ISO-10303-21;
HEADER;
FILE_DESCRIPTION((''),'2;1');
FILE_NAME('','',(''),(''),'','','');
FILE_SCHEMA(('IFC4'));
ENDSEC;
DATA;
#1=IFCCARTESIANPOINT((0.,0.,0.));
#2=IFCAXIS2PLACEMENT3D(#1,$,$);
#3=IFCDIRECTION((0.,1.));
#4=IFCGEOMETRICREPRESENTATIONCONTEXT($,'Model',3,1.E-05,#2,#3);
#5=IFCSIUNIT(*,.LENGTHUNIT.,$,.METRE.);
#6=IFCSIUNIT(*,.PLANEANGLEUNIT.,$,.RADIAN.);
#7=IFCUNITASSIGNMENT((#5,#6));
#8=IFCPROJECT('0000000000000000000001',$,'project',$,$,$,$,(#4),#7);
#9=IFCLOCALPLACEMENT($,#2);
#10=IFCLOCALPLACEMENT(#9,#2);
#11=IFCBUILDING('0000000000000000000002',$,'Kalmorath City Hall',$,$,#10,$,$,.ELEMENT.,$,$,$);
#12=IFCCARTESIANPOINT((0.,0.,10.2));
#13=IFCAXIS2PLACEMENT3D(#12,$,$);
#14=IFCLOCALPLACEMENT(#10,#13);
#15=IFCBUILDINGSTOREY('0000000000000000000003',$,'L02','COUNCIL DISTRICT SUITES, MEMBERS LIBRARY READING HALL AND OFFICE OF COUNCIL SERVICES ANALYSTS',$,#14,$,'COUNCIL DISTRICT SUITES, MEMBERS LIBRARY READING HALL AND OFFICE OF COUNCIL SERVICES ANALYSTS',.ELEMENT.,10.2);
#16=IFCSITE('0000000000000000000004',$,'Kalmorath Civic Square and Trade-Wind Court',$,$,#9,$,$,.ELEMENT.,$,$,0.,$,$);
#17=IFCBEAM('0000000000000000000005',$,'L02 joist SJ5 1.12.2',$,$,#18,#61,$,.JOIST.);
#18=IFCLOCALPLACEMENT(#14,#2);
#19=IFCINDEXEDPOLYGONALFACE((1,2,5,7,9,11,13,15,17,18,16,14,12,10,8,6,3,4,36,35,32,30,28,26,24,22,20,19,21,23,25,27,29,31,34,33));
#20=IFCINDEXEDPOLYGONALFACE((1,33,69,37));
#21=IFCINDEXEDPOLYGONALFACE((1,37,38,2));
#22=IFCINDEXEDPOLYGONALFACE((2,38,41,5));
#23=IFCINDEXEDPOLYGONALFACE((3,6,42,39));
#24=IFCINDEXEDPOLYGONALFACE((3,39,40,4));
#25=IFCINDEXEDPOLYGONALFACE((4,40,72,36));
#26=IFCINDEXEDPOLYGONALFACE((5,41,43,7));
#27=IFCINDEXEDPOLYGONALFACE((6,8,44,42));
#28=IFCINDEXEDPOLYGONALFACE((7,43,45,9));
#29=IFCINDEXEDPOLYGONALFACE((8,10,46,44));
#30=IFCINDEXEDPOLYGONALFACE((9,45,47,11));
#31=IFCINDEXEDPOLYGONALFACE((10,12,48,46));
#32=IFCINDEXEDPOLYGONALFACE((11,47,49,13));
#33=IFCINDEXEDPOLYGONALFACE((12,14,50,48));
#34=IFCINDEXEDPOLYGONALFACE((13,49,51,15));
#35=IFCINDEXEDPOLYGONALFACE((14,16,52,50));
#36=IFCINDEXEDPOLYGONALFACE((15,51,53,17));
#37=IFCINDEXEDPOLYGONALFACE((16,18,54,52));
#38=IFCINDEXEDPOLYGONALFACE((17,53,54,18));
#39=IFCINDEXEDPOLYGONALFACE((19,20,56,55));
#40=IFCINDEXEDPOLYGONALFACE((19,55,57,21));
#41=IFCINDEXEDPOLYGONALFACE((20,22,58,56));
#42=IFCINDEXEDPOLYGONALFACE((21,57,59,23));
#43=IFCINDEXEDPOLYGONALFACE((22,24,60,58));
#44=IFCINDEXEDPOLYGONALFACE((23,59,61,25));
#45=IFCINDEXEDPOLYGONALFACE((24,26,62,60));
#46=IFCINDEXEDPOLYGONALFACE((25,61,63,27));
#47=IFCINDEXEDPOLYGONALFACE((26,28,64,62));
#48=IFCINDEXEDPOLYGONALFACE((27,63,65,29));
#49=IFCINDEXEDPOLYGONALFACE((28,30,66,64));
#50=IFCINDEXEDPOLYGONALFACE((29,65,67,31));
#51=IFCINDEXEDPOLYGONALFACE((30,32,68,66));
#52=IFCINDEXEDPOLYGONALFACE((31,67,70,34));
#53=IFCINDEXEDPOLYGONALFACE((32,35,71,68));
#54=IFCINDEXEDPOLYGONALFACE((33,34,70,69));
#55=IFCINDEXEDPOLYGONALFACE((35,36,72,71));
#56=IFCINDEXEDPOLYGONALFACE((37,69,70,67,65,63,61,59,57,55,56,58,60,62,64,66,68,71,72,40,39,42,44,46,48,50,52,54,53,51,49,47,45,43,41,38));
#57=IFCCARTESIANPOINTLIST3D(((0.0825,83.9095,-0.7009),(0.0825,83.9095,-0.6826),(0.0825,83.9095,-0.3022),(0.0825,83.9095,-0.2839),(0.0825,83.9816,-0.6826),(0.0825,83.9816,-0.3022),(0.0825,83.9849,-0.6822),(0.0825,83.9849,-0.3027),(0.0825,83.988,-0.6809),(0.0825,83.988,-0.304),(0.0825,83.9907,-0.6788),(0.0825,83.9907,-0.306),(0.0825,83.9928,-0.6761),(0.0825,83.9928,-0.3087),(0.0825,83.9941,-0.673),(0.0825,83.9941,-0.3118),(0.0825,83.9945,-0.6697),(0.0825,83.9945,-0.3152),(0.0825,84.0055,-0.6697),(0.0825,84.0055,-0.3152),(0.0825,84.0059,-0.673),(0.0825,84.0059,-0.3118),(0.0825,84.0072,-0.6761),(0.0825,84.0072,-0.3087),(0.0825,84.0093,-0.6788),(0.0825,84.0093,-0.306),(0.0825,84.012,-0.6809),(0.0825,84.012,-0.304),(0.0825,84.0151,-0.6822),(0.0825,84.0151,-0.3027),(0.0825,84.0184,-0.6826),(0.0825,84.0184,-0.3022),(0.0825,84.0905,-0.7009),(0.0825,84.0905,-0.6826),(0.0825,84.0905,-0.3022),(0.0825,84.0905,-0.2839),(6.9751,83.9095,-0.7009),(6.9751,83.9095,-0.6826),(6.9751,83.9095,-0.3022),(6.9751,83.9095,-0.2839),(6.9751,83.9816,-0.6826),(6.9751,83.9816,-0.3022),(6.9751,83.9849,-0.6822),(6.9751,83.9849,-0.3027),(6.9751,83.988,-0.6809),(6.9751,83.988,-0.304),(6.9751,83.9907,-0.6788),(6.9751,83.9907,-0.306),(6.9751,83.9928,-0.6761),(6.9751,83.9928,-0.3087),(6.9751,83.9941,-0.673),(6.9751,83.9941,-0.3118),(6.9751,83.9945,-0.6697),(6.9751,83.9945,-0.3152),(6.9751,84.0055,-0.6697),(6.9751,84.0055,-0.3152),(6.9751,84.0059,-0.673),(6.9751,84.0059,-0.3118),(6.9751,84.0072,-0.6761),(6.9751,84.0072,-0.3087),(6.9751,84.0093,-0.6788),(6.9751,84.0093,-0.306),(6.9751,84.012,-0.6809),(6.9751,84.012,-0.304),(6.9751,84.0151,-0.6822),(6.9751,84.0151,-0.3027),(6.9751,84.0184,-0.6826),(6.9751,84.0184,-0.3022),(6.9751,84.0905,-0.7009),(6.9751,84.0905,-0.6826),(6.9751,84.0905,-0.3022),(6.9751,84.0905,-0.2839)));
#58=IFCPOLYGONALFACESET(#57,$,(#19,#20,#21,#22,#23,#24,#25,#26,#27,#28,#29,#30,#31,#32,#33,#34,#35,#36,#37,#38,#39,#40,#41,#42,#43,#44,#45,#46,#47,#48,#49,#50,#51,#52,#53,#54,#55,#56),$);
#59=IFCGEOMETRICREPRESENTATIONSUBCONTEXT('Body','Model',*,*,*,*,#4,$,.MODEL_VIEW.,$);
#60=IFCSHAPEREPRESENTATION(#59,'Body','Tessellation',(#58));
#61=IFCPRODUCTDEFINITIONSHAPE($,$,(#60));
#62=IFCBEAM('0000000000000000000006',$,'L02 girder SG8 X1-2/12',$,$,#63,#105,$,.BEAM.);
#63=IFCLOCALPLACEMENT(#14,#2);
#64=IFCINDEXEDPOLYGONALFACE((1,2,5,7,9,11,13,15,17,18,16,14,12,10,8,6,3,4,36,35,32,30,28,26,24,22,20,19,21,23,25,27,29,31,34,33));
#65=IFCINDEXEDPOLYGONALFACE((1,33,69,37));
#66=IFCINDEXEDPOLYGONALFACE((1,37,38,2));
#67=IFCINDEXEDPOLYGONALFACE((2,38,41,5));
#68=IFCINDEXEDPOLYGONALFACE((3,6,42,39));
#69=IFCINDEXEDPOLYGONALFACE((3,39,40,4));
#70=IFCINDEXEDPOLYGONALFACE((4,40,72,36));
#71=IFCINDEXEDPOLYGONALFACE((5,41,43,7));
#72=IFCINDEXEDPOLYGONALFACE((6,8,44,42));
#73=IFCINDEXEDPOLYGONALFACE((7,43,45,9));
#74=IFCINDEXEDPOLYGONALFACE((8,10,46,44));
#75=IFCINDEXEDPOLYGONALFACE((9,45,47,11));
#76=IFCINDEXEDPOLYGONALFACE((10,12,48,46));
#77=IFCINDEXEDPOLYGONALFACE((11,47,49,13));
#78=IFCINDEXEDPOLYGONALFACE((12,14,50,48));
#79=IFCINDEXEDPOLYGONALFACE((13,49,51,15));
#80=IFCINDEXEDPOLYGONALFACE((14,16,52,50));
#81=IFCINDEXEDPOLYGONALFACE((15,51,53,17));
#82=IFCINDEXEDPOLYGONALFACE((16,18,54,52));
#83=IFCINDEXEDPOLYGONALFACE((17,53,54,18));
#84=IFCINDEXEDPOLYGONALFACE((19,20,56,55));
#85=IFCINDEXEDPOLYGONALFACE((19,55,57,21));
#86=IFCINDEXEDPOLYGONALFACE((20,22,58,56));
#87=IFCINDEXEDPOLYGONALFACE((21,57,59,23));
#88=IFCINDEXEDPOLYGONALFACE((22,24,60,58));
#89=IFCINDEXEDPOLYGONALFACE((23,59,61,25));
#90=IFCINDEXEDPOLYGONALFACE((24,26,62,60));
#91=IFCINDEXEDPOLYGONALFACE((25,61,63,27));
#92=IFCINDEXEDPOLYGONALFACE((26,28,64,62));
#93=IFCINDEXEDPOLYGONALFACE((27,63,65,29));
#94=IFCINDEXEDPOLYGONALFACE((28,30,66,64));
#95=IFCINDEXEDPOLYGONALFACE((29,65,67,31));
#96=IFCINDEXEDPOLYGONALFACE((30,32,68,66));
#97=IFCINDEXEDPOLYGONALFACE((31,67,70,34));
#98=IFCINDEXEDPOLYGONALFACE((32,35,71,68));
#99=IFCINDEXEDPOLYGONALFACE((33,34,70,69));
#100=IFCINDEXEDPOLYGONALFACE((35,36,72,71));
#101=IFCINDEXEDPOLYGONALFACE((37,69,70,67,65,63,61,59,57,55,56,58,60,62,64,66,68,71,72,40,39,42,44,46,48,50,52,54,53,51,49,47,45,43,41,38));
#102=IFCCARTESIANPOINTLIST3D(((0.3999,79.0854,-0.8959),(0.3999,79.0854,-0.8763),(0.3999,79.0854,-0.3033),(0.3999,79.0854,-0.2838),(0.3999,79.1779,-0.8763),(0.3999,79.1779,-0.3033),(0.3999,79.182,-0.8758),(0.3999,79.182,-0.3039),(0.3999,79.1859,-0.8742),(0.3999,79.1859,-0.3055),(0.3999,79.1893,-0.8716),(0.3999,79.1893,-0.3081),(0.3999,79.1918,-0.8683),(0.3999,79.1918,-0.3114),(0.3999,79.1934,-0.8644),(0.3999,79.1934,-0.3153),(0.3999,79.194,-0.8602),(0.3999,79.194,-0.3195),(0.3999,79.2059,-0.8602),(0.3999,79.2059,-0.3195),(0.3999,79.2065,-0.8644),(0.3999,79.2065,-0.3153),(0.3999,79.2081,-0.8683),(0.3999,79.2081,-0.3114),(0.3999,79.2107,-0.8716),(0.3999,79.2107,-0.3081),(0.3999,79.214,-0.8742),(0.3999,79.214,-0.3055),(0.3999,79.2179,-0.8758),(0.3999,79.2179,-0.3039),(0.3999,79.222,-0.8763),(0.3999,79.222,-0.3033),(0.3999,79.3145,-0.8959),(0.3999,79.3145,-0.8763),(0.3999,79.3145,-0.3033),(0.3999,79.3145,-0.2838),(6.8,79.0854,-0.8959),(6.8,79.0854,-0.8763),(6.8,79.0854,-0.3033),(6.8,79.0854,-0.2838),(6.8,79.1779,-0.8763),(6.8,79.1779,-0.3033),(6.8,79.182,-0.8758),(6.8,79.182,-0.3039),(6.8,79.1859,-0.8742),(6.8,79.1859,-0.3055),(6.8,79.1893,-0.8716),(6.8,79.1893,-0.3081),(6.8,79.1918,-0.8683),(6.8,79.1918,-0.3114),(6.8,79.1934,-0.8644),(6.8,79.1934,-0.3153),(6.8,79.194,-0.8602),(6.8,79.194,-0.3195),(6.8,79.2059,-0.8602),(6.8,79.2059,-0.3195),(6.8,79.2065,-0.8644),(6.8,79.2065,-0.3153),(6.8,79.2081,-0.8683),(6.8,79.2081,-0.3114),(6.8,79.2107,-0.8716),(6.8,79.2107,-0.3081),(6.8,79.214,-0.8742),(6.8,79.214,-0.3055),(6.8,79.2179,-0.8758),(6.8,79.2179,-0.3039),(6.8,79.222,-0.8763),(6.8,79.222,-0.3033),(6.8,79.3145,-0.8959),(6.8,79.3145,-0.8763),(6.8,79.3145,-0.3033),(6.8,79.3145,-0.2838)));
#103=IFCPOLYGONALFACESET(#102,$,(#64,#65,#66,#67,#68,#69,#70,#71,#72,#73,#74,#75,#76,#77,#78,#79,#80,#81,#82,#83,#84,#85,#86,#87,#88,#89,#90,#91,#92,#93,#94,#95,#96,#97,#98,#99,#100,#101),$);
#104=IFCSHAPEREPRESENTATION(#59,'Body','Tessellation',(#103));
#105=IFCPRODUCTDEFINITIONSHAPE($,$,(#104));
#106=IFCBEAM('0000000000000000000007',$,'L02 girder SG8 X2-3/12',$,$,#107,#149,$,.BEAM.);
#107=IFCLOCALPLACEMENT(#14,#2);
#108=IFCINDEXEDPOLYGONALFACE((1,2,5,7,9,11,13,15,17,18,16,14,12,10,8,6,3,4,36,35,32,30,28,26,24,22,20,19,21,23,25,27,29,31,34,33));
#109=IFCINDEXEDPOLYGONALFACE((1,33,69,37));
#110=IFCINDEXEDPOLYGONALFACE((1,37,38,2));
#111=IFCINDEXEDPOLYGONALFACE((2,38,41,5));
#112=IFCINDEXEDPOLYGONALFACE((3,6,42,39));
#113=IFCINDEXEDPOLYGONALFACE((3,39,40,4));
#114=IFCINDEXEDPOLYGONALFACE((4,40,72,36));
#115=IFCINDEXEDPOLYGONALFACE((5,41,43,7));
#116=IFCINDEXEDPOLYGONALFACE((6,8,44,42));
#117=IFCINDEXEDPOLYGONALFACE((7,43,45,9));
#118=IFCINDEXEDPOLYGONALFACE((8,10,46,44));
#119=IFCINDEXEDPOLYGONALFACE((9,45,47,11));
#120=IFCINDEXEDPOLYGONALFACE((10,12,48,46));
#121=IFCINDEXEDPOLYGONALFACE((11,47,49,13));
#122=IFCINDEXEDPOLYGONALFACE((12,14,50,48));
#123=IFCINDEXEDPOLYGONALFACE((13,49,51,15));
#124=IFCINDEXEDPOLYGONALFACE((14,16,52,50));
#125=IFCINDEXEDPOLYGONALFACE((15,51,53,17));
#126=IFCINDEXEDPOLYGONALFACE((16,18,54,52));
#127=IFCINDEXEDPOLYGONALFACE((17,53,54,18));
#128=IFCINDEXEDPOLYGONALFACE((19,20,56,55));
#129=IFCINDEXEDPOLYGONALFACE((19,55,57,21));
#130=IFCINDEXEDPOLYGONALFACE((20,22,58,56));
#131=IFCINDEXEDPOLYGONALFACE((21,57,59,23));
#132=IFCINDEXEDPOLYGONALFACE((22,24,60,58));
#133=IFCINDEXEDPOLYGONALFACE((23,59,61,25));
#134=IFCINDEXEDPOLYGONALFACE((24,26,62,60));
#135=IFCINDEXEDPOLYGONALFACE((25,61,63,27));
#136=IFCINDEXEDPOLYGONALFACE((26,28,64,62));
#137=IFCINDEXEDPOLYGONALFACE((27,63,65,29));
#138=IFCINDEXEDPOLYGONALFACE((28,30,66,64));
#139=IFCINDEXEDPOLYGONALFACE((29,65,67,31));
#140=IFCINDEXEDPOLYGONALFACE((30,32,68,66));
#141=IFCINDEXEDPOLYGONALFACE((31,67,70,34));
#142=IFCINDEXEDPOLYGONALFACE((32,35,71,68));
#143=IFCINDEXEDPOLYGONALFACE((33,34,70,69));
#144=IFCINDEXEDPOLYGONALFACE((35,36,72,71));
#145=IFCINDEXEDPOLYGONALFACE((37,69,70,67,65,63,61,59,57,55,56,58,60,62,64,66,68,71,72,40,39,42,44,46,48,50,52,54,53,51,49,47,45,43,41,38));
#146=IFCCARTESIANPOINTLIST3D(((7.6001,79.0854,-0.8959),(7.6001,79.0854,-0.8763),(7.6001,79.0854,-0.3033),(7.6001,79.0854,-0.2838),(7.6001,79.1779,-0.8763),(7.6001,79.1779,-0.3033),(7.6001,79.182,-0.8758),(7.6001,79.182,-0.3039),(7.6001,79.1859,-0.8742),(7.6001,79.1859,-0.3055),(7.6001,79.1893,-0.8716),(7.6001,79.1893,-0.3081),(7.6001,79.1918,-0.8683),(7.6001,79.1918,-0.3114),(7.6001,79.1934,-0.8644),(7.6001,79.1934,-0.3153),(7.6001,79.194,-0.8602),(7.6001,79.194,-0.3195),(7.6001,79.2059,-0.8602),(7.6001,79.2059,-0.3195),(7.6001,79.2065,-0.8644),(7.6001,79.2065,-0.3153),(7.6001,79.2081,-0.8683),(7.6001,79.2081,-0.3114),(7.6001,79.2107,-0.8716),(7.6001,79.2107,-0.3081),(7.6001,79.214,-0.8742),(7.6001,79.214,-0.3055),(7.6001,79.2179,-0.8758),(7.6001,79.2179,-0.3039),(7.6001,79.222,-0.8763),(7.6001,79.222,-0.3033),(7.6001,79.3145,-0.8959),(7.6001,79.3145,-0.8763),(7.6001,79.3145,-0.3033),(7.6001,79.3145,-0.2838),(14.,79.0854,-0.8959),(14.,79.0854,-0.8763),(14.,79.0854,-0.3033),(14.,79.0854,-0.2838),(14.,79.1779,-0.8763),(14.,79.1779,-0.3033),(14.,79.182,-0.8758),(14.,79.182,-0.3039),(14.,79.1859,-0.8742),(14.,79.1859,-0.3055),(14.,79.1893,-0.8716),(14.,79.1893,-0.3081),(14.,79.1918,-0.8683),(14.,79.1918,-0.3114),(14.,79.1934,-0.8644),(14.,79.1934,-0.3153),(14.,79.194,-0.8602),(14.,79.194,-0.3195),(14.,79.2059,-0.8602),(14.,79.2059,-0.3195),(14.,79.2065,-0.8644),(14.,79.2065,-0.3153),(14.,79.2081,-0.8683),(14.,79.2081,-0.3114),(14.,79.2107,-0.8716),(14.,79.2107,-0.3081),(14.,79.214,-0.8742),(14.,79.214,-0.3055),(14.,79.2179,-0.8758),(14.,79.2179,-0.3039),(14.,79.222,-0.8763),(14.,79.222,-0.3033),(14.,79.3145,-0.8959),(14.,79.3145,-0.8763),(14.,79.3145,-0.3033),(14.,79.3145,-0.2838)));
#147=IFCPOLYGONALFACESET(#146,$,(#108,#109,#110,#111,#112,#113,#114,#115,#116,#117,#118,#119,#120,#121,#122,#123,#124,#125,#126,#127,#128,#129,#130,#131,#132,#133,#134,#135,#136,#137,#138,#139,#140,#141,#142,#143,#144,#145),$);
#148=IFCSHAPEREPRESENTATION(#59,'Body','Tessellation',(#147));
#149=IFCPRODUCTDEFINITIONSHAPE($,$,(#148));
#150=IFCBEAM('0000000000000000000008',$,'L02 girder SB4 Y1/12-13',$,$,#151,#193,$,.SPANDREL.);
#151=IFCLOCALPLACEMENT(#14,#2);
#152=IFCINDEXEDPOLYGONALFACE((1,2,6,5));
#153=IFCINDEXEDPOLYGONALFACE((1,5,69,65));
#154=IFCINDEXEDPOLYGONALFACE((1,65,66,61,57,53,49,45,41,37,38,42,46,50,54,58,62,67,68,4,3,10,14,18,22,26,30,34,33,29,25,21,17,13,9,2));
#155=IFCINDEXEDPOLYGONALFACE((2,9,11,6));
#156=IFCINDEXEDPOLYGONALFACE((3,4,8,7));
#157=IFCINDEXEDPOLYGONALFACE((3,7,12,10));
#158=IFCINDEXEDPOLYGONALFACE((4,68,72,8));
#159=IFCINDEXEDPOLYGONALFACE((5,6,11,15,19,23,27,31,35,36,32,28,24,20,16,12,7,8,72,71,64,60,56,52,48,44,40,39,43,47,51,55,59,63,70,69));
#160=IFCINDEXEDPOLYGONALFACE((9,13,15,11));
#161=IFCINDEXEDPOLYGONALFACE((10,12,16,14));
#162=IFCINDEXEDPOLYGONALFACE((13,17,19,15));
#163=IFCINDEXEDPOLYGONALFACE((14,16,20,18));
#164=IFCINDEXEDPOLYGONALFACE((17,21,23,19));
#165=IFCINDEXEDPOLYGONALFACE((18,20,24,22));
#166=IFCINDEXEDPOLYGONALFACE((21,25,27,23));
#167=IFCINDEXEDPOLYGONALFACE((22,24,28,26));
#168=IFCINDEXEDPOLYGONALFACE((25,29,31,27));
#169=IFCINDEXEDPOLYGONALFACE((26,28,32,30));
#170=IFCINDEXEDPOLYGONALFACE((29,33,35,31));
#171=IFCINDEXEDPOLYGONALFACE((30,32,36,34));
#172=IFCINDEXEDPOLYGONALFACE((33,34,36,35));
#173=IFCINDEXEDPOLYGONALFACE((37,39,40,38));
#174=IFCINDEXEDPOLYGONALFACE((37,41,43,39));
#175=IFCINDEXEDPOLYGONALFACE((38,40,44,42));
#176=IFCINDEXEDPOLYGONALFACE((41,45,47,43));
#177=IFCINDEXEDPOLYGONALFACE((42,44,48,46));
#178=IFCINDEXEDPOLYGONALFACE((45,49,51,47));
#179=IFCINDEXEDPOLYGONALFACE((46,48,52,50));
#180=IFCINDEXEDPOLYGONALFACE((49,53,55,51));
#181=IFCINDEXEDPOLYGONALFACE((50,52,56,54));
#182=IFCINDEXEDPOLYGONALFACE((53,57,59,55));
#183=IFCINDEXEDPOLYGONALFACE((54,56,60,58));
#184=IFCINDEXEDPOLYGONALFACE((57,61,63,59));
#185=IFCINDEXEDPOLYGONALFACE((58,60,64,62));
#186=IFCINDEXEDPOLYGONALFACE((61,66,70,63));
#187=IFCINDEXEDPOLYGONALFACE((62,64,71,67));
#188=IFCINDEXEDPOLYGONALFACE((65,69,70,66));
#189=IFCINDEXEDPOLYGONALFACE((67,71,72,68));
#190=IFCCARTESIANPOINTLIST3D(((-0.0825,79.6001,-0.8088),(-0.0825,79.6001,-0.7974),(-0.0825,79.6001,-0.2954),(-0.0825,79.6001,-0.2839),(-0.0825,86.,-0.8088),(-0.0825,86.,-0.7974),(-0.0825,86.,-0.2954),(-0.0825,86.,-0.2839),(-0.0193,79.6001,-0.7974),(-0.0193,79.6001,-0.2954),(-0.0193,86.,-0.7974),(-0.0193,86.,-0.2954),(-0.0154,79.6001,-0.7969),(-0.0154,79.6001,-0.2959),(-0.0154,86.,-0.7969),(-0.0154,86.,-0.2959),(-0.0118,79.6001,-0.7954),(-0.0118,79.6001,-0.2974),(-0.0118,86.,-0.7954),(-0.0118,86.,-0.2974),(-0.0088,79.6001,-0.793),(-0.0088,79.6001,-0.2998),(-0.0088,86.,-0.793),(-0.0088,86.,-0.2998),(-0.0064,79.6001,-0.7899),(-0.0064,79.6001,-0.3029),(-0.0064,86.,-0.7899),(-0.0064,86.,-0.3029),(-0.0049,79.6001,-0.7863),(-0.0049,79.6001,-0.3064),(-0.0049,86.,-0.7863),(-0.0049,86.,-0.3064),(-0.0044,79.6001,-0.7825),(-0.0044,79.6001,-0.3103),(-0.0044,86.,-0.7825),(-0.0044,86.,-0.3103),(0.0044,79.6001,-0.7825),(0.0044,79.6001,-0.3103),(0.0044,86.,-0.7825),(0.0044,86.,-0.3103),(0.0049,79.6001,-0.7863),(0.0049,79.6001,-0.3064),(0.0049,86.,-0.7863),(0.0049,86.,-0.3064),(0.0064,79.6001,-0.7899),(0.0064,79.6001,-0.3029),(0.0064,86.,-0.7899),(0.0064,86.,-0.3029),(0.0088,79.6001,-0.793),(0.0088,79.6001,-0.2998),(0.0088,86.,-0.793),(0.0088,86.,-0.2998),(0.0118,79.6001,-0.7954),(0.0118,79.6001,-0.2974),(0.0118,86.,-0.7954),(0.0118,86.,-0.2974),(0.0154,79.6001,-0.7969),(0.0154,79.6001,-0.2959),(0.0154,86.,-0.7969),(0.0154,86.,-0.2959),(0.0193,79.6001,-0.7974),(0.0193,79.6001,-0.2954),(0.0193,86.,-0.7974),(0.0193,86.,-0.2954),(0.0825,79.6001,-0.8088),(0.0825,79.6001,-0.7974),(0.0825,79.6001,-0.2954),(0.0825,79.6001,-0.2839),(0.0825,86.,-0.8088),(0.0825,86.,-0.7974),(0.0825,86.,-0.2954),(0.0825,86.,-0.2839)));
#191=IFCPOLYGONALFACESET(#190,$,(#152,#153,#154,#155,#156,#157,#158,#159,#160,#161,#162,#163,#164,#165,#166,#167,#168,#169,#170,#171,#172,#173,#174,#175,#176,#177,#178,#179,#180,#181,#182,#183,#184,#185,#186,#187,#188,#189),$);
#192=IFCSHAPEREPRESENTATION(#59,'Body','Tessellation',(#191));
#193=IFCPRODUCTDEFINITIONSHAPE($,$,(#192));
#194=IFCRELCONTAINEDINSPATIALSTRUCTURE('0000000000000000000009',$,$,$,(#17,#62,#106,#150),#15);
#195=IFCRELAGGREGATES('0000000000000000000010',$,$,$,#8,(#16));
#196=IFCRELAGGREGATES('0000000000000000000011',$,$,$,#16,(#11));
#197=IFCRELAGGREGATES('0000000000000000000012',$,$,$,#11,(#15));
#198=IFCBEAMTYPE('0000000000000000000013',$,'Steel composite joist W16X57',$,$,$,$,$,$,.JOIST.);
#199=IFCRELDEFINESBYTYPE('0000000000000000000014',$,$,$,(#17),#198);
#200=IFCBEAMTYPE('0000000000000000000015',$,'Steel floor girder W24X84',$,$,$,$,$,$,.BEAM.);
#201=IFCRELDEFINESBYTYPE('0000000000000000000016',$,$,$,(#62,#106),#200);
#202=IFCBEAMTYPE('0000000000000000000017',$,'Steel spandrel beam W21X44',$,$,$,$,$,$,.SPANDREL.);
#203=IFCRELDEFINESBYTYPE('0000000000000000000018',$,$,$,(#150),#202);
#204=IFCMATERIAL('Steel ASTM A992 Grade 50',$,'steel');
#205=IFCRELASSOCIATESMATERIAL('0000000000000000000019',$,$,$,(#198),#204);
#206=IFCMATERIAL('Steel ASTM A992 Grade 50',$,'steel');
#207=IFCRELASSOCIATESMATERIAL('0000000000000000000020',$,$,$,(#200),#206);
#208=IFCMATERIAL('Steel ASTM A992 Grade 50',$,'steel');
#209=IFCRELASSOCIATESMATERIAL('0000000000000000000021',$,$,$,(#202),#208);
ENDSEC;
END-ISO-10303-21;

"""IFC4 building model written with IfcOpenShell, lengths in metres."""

from ifc_helpers import new_model, si_unit, direction, frame, origin, origin_2d, place, context, subcontext, project, spatial, i_section, extrude, material, material_profile, profile_set, type_object, element, save


model = new_model("IFC4")

# Units and contexts
model_context = context("Model", 3, precision=1e-05, world=origin(), true_north=direction((0.0, 1.0)))
body_context = subcontext(model_context, "Body", "Model", "MODEL_VIEW")
ifc_project = project(units=[si_unit("LENGTHUNIT", "METRE"), si_unit("PLANEANGLEUNIT", "RADIAN")], contexts=[model_context])

# Site, building, storey
site_placement = place(None, origin())
site = spatial("IfcSite", under=ifc_project, at=site_placement, Name="Kalmorath Civic Square and Trade-Wind Court", CompositionType="ELEMENT", RefElevation=0.0)
building_placement = place(site_placement, origin())
building = spatial("IfcBuilding", under=site, at=building_placement, Name="Kalmorath City Hall", CompositionType="ELEMENT")
storey_placement = place(building_placement, frame((0.0, 0.0, 10.2)))
storey = spatial("IfcBuildingStorey", under=building, at=storey_placement, Name="L02", Description="COUNCIL DISTRICT SUITES, MEMBERS LIBRARY READING HALL AND OFFICE OF COUNCIL SERVICES ANALYSTS", LongName="COUNCIL DISTRICT SUITES, MEMBERS LIBRARY READING HALL AND OFFICE OF COUNCIL SERVICES ANALYSTS", CompositionType="ELEMENT", Elevation=10.2)

# Beams
ifc_material_1 = material(Name="Steel ASTM A992 Grade 50", Category="steel")
ifc_material_profile_1 = material_profile(ifc_material_1, i_section(OverallWidth=0.1809, OverallDepth=0.417, WebThickness=0.011, FlangeThickness=0.0183, FilletRadius=0.0129, at=origin_2d()), Name="W16X57")
ifc_profile_set_1 = profile_set([ifc_material_profile_1], Name="Steel ASTM A992 Grade 50")
beam_type_1 = type_object("IfcBeamType", Name="Steel composite joist W16X57", PredefinedType="JOIST", material=ifc_profile_set_1)
for number, where, z_axis, x_axis, name in (
    (1, (0.0825, 84.0, -0.4924), (1.0, 0.0, 0.0), (0.0, 1.0, 0.0), "L02 joist SJ5 1.12.2"),
):
    element("IfcBeam", number, at=place(storey_placement, frame(where, z_axis=z_axis, x_axis=x_axis)), inside=storey, type_object=beam_type_1, Name=name, PredefinedType="JOIST", context=body_context, shape_type="SweptSolid", body=[
        extrude(i_section(OverallWidth=0.1809, OverallDepth=0.417, WebThickness=0.011, FlangeThickness=0.0183, FilletRadius=0.0129, at=origin_2d()), origin(), (0.0, 0.0, 1.0), 6.8926),
    ])
ifc_material_2 = material(Name="Steel ASTM A992 Grade 50", Category="steel")
ifc_material_profile_2 = material_profile(ifc_material_2, i_section(OverallWidth=0.229, OverallDepth=0.6121, WebThickness=0.012, FlangeThickness=0.0195, FilletRadius=0.0161, at=origin_2d()), Name="W24X84")
ifc_profile_set_2 = profile_set([ifc_material_profile_2], Name="Steel ASTM A992 Grade 50")
beam_type_2 = type_object("IfcBeamType", Name="Steel floor girder W24X84", PredefinedType="BEAM", material=ifc_profile_set_2)
beam_1_placement = place(storey_placement, frame((0.3999, 79.2, -0.5898), z_axis=(1.0, 0.0, 0.0), x_axis=(0.0, 1.0, 0.0)))
element("IfcBeam", 2, at=beam_1_placement, inside=storey, type_object=beam_type_2, Name="L02 girder SG8 X1-2/12", PredefinedType="BEAM", context=body_context, shape_type="SweptSolid", body=[
    extrude(i_section(OverallWidth=0.229, OverallDepth=0.6121, WebThickness=0.012, FlangeThickness=0.0195, FilletRadius=0.0161, at=origin_2d()), origin(), (0.0, 0.0, 1.0), 6.4001),
])
beam_2_placement = place(storey_placement, frame((7.6001, 79.2, -0.5898), z_axis=(1.0, 0.0, 0.0), x_axis=(0.0, 1.0, 0.0)))
element("IfcBeam", 3, at=beam_2_placement, inside=storey, type_object=beam_type_2, Name="L02 girder SG8 X2-3/12", PredefinedType="BEAM", context=body_context, shape_type="SweptSolid", body=[
    extrude(i_section(OverallWidth=0.229, OverallDepth=0.6121, WebThickness=0.012, FlangeThickness=0.0195, FilletRadius=0.0161, at=origin_2d()), origin(), (0.0, 0.0, 1.0), 6.3999),
])
ifc_material_3 = material(Name="Steel ASTM A992 Grade 50", Category="steel")
ifc_material_profile_3 = material_profile(ifc_material_3, i_section(OverallWidth=0.165, OverallDepth=0.5249, WebThickness=0.0088, FlangeThickness=0.0115, FilletRadius=0.0149, at=origin_2d()), Name="W21X44")
ifc_profile_set_3 = profile_set([ifc_material_profile_3], Name="Steel ASTM A992 Grade 50")
beam_type_3 = type_object("IfcBeamType", Name="Steel spandrel beam W21X44", PredefinedType="SPANDREL", material=ifc_profile_set_3)
beam_3_placement = place(storey_placement, frame((0.0, 79.6001, -0.5464), z_axis=(0.0, 1.0, 0.0), x_axis=(-1.0, 0.0, 0.0)))
element("IfcBeam", 4, at=beam_3_placement, inside=storey, type_object=beam_type_3, Name="L02 girder SB4 Y1/12-13", PredefinedType="SPANDREL", context=body_context, shape_type="SweptSolid", body=[
    extrude(i_section(OverallWidth=0.165, OverallDepth=0.5249, WebThickness=0.0088, FlangeThickness=0.0115, FilletRadius=0.0149, at=origin_2d()), origin(), (0.0, 0.0, 1.0), 6.3999),
])

save(model, "model.ifc")
